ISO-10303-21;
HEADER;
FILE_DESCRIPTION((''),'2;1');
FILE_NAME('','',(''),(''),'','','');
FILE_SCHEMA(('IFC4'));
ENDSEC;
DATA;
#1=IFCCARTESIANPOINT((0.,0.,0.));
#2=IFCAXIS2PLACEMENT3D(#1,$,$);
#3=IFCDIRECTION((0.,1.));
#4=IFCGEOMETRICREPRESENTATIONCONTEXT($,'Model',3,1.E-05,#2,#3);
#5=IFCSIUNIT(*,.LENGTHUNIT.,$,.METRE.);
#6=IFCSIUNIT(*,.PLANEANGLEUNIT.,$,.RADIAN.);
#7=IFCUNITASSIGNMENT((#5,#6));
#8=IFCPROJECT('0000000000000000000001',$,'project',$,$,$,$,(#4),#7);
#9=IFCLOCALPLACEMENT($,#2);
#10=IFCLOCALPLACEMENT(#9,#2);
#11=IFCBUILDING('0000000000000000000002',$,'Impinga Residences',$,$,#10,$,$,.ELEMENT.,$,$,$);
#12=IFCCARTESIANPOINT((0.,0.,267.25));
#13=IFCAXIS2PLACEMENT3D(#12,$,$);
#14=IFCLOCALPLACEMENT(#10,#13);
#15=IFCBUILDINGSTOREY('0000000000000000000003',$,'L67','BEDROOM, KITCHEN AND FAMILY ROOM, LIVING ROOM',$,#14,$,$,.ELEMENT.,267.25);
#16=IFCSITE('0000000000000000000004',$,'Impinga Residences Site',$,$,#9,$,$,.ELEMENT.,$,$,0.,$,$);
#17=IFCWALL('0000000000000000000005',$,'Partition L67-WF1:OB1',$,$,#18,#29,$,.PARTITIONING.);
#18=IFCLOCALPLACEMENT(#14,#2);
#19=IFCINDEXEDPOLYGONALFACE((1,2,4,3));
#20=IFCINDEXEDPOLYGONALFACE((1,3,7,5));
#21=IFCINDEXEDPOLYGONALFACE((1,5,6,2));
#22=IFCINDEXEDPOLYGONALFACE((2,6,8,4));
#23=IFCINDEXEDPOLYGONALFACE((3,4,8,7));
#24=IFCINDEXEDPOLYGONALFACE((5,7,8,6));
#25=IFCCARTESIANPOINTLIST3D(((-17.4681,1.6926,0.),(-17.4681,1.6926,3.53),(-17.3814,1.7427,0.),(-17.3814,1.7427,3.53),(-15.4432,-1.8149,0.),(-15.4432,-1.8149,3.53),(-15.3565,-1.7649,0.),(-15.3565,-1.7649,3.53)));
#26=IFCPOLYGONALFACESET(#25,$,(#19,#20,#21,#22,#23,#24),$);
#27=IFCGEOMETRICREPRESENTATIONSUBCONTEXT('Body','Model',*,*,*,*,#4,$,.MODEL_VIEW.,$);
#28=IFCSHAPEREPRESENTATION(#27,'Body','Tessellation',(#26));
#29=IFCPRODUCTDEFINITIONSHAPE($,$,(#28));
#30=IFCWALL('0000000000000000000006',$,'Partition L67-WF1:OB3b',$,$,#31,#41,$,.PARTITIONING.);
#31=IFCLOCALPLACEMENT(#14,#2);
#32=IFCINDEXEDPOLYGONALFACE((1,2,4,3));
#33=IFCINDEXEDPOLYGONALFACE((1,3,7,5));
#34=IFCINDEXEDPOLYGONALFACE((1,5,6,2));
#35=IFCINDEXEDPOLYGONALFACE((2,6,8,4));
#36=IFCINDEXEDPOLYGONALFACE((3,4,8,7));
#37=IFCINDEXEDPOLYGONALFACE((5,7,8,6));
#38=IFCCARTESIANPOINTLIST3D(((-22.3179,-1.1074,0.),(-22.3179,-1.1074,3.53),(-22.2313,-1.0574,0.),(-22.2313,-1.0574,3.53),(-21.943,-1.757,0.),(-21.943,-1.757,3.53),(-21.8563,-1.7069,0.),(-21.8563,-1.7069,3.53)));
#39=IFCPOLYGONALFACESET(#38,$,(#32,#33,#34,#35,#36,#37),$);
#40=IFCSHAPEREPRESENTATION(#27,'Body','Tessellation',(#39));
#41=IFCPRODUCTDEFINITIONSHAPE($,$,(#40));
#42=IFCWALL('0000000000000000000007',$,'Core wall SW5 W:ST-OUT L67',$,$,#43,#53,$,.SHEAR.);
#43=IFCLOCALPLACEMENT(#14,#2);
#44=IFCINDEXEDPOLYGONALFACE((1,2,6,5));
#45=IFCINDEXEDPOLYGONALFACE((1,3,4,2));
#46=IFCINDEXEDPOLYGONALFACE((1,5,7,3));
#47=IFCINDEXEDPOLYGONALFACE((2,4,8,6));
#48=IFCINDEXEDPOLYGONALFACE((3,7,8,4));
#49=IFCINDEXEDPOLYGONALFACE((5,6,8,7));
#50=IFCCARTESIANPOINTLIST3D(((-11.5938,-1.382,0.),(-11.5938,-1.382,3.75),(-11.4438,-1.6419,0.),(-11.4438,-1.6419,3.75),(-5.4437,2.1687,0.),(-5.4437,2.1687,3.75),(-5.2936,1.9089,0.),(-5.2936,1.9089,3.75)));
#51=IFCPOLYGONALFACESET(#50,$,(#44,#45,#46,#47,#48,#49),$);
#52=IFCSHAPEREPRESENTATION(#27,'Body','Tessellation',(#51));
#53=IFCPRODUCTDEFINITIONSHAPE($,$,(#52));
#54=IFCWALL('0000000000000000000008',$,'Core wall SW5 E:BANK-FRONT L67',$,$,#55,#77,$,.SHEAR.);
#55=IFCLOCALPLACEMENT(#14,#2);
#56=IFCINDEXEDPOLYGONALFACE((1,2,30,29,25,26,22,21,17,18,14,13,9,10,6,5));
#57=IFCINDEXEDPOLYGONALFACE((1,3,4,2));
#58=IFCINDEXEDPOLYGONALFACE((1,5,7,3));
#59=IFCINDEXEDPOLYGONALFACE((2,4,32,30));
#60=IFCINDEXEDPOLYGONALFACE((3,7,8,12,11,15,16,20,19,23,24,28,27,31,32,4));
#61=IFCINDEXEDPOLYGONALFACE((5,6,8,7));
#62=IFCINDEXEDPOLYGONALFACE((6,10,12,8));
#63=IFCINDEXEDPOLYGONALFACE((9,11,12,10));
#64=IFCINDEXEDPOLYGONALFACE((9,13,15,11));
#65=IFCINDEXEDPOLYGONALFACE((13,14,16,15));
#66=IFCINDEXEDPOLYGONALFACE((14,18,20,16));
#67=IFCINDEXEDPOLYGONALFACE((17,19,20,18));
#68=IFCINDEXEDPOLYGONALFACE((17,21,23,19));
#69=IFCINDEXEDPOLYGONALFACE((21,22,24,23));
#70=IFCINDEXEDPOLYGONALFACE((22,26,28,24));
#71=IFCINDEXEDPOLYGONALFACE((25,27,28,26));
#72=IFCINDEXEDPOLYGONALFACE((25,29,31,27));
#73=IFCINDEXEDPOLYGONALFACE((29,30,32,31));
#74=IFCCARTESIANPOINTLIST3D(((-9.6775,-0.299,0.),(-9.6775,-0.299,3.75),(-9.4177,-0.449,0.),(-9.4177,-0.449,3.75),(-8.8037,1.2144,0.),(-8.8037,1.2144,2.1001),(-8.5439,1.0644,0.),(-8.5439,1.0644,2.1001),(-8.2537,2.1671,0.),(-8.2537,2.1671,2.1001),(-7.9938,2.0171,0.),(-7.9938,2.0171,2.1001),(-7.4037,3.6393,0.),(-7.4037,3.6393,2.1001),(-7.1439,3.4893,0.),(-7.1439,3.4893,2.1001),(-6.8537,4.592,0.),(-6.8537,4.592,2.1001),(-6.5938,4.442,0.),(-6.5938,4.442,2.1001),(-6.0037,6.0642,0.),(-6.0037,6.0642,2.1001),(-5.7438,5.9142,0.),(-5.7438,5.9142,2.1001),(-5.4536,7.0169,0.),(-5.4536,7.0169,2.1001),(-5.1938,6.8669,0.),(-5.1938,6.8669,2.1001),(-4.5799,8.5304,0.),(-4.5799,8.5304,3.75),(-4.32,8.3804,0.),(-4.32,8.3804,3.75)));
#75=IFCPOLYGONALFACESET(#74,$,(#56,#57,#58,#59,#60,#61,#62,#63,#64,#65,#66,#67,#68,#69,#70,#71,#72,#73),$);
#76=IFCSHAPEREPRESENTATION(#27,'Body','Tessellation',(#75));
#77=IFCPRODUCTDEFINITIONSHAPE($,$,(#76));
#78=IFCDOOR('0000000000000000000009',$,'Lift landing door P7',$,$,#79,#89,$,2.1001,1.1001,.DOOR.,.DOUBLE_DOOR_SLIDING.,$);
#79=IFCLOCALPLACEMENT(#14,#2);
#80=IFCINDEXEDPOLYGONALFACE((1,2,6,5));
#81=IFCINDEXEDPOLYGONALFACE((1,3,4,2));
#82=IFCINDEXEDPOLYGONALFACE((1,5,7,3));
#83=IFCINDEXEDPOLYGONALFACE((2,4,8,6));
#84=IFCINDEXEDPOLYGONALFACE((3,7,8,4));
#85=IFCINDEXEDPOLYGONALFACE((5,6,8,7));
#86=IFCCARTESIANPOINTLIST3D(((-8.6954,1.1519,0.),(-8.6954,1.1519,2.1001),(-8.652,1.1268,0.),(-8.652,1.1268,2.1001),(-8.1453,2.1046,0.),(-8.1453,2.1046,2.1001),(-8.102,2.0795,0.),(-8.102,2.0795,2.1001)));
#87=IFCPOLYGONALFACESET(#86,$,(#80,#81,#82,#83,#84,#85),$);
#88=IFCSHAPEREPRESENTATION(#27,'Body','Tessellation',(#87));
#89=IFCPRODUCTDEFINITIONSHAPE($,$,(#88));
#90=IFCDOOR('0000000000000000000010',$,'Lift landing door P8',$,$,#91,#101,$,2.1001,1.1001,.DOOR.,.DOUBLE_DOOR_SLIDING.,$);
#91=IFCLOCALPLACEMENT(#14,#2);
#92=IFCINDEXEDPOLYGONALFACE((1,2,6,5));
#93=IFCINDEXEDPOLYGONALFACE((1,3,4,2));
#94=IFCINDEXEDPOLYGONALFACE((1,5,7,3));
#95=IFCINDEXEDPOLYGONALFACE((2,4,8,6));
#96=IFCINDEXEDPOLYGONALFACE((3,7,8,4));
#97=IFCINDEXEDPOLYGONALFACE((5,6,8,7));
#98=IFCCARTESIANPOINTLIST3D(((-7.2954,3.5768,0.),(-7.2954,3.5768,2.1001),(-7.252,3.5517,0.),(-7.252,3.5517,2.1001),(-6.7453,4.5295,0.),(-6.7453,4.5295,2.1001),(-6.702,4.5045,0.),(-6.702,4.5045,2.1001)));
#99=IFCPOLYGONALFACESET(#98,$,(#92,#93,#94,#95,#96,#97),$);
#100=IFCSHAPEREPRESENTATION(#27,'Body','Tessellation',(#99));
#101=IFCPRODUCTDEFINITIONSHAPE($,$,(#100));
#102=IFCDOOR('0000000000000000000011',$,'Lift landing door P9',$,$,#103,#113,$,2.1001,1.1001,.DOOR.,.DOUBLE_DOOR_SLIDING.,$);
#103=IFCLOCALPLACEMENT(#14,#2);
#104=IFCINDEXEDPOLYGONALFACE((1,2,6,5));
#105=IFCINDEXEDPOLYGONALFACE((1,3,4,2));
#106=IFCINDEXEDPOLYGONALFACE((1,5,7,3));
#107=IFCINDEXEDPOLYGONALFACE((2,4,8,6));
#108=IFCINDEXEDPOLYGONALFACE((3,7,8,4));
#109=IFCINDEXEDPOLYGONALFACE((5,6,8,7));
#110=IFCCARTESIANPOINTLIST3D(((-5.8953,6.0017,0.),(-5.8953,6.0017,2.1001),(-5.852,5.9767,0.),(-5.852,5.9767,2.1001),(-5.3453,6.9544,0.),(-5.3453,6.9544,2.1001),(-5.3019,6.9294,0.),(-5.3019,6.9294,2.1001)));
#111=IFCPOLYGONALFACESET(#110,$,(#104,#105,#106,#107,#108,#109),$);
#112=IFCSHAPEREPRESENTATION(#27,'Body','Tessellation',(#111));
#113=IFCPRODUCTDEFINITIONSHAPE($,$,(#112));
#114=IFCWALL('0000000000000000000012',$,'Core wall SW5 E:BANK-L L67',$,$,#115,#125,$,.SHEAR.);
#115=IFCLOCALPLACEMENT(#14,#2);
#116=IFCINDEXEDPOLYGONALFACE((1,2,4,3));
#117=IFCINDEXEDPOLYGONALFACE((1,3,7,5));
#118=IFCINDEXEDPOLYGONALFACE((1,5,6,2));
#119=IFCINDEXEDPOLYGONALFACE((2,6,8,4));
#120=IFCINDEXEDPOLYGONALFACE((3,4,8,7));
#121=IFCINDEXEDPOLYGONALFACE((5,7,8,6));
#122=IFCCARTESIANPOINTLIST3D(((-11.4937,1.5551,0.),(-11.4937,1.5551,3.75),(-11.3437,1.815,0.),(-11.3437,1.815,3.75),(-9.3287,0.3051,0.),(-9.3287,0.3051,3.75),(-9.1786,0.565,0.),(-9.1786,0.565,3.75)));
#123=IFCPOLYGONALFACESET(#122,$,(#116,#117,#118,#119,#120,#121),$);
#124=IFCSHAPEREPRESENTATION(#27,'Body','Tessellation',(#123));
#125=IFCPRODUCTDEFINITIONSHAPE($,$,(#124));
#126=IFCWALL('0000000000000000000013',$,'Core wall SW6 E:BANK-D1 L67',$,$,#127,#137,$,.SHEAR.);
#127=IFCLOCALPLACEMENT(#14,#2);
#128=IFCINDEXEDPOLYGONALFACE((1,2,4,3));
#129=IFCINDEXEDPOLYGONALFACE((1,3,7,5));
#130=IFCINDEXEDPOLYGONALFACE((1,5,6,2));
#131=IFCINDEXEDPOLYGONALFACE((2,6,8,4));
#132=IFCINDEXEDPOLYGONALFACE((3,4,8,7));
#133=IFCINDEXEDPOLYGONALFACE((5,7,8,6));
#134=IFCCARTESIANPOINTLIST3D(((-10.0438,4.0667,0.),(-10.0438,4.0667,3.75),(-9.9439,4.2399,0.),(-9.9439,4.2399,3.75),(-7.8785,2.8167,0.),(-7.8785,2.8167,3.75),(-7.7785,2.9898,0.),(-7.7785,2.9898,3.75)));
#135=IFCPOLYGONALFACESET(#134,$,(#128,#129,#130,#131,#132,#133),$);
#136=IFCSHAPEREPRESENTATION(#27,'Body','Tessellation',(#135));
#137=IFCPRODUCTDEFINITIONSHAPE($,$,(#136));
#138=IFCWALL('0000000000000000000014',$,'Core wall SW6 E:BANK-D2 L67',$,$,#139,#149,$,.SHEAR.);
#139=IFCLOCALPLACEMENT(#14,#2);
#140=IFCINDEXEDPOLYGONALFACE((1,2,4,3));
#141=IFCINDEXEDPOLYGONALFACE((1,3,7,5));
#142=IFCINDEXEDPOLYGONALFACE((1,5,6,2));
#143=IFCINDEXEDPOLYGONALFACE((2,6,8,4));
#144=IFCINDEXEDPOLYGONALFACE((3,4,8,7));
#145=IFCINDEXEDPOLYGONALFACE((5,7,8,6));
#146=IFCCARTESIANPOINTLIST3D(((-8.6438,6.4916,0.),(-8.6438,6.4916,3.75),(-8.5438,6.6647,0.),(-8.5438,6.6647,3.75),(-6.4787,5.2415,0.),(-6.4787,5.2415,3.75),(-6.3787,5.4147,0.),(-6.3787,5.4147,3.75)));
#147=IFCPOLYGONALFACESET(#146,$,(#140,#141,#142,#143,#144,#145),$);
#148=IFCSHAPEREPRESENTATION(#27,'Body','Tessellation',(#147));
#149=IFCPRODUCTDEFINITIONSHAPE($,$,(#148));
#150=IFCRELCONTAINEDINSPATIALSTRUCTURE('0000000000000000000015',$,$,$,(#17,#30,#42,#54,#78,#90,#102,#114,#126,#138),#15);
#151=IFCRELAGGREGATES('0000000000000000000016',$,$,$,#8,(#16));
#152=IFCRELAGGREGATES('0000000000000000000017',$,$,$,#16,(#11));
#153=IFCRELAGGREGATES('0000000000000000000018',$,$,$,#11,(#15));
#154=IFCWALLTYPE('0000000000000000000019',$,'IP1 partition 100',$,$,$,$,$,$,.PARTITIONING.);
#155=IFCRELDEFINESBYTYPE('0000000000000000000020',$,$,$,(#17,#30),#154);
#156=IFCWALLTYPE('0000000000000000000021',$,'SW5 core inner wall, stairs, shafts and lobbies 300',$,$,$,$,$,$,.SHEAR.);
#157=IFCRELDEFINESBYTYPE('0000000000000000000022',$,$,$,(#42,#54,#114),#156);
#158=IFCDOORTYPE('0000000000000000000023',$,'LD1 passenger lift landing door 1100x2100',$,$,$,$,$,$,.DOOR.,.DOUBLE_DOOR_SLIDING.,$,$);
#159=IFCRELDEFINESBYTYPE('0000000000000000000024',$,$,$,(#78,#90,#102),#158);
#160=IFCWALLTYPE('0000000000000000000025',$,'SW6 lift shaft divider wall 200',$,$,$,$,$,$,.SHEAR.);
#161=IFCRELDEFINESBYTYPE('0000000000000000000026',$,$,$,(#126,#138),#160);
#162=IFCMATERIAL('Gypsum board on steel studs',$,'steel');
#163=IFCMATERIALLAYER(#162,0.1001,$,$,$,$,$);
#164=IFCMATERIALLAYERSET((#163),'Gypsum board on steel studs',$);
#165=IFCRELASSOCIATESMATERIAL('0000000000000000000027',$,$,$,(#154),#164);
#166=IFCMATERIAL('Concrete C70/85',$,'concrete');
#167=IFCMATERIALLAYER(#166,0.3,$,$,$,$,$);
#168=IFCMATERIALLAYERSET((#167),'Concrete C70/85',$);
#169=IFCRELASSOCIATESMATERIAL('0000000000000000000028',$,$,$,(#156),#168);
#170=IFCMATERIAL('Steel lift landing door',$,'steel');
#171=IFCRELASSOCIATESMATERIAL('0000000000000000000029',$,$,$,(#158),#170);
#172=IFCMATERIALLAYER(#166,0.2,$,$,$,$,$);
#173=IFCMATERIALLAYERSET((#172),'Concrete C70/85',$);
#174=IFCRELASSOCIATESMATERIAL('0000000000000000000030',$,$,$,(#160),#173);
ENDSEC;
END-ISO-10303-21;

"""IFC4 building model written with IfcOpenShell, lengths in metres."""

from ifc_helpers import new_model, si_unit, direction, frame, frame_2d, origin, place, context, subcontext, project, spatial, rectangle, extrude, material, layer, layer_set, type_object, element, fill, save


model = new_model("IFC4")

# Units and contexts
model_context = context("Model", 3, precision=1e-05, world=origin(), true_north=direction((0.0, 1.0)))
body_context = subcontext(model_context, "Body", "Model", "MODEL_VIEW")
ifc_project = project(units=[si_unit("LENGTHUNIT", "METRE"), si_unit("PLANEANGLEUNIT", "RADIAN")], contexts=[model_context])

# Site, building, storey
site_placement = place(None, origin())
site = spatial("IfcSite", under=ifc_project, at=site_placement, Name="Impinga Residences Site", CompositionType="ELEMENT", RefElevation=0.0)
building_placement = place(site_placement, origin())
building = spatial("IfcBuilding", under=site, at=building_placement, Name="Impinga Residences", CompositionType="ELEMENT")
storey_placement = place(building_placement, frame((0.0, 0.0, 267.25)))
storey = spatial("IfcBuildingStorey", under=building, at=storey_placement, Name="L67", Description="BEDROOM, KITCHEN AND FAMILY ROOM, LIVING ROOM", CompositionType="ELEMENT", Elevation=267.25)

# Shared definitions
ifc_material_1 = material(Name="Gypsum board on steel studs", Category="steel")
ifc_layer_1 = layer(ifc_material_1, 0.1001)
ifc_layer_set_1 = layer_set([ifc_layer_1], Name="Gypsum board on steel studs")
wall_type_1 = type_object("IfcWallType", Name="IP1 partition 100", PredefinedType="PARTITIONING", material=ifc_layer_set_1)

# Walls
wall_1_placement = place(storey_placement, frame((-15.3999, -1.7898, 0.0), z_axis=(0.0, 0.0, 1.0), x_axis=(-0.499964, 0.866046, 0.0)))
element("IfcWall", 1, at=wall_1_placement, inside=storey, type_object=wall_type_1, Name="Partition L67-WF1:OB1", PredefinedType="PARTITIONING", context=body_context, shape_type="SweptSolid", body=[
    extrude(rectangle(XDim=4.05, YDim=0.1001, at=frame_2d((2.0249, 0.0))), origin(), (0.0, 0.0, 1.0), 3.53),
])
wall_2_placement = place(storey_placement, frame((-21.8997, -1.7319, 0.0), z_axis=(0.0, 0.0, 1.0), x_axis=(-0.49992, 0.866072, 0.0)))
element("IfcWall", 2, at=wall_2_placement, inside=storey, type_object=wall_type_1, Name="Partition L67-WF1:OB3b", PredefinedType="PARTITIONING", context=body_context, shape_type="SweptSolid", body=[
    extrude(rectangle(XDim=0.75, YDim=0.1001, at=frame_2d((0.375, 0.0))), origin(), (0.0, 0.0, 1.0), 3.53),
])
ifc_material_2 = material(Name="Concrete C70/85", Category="concrete")
ifc_layer_2 = layer(ifc_material_2, 0.3)
ifc_layer_set_2 = layer_set([ifc_layer_2], Name="Concrete C70/85")
wall_type_2 = type_object("IfcWallType", Name="SW5 core inner wall, stairs, shafts and lobbies 300", PredefinedType="SHEAR", material=ifc_layer_set_2)
wall_3_placement = place(storey_placement, frame((-5.3687, 2.0388, 0.0), z_axis=(0.0, 0.0, 1.0), x_axis=(-0.866026, -0.499999, 0.0)))
element("IfcWall", 3, at=wall_3_placement, inside=storey, type_object=wall_type_2, Name="Core wall SW5 W:ST-OUT L67", PredefinedType="SHEAR", context=body_context, shape_type="SweptSolid", body=[
    extrude(rectangle(XDim=7.1016, YDim=0.3, at=frame_2d((3.5508, 0.0))), origin(), (0.0, 0.0, 1.0), 3.75),
])

# Wall, openings, doors
wall_4_placement = place(storey_placement, frame((-9.5476, -0.374, 0.0), z_axis=(0.0, 0.0, 1.0), x_axis=(0.500002, 0.866024, 0.0)))
wall_4 = element("IfcWall", 4, at=wall_4_placement, inside=storey, type_object=wall_type_2, Name="Core wall SW5 E:BANK-FRONT L67", PredefinedType="SHEAR", context=body_context, shape_type="SweptSolid", body=[
    extrude(rectangle(XDim=10.1953, YDim=0.3, at=frame_2d((5.0977, 0.0))), origin(), (0.0, 0.0, 1.0), 3.75),
])
opening_1_placement = place(wall_4_placement, frame((1.7476, 0.0, 0.0)))
opening_1 = element("IfcOpeningElement", 5, at=opening_1_placement, cuts=wall_4, PredefinedType="OPENING", context=body_context, shape_type="SweptSolid", body=[
    extrude(rectangle(XDim=1.1001, YDim=2.1001, at=frame_2d((0.55, 1.05))), frame((0.0, 0.1599, 0.0), z_axis=(0.0, -1.0, 0.0), x_axis=(1.0, 0.0, 0.0)), (0.0, 0.0, 1.0), 0.3201),
])
opening_2_placement = place(wall_4_placement, frame((4.5476, 0.0, 0.0)))
opening_2 = element("IfcOpeningElement", 6, at=opening_2_placement, cuts=wall_4, PredefinedType="OPENING", context=body_context, shape_type="SweptSolid", body=[
    extrude(rectangle(XDim=1.1001, YDim=2.1001, at=frame_2d((0.55, 1.05))), frame((0.0, 0.1599, 0.0), z_axis=(0.0, -1.0, 0.0), x_axis=(1.0, 0.0, 0.0)), (0.0, 0.0, 1.0), 0.3201),
])
opening_3_placement = place(wall_4_placement, frame((7.3477, 0.0, 0.0)))
opening_3 = element("IfcOpeningElement", 7, at=opening_3_placement, cuts=wall_4, PredefinedType="OPENING", context=body_context, shape_type="SweptSolid", body=[
    extrude(rectangle(XDim=1.1001, YDim=2.1001, at=frame_2d((0.55, 1.05))), frame((0.0, 0.1599, 0.0), z_axis=(0.0, -1.0, 0.0), x_axis=(1.0, 0.0, 0.0)), (0.0, 0.0, 1.0), 0.3201),
])
ifc_material_3 = material(Name="Steel lift landing door", Category="steel")
door_type_1 = type_object("IfcDoorType", Name="LD1 passenger lift landing door 1100x2100", OperationType="DOUBLE_DOOR_SLIDING", PredefinedType="DOOR", material=ifc_material_3)
door_1_placement = place(opening_1_placement, origin())
door_1 = element("IfcDoor", 8, at=door_1_placement, inside=storey, type_object=door_type_1, Name="Lift landing door P7", OperationType="DOUBLE_DOOR_SLIDING", OverallHeight=2.1001, OverallWidth=1.1001, PredefinedType="DOOR", context=body_context, shape_type="SweptSolid", body=[
    extrude(rectangle(XDim=1.1001, YDim=2.1001, at=frame_2d((0.55, 1.05))), frame((0.0, 0.0249, 0.0), z_axis=(0.0, -1.0, 0.0), x_axis=(1.0, 0.0, 0.0)), (0.0, 0.0, 1.0), 0.05),
])
fill(opening_1, door_1)
door_2_placement = place(opening_2_placement, origin())
door_2 = element("IfcDoor", 9, at=door_2_placement, inside=storey, type_object=door_type_1, Name="Lift landing door P8", OperationType="DOUBLE_DOOR_SLIDING", OverallHeight=2.1001, OverallWidth=1.1001, PredefinedType="DOOR", context=body_context, shape_type="SweptSolid", body=[
    extrude(rectangle(XDim=1.1001, YDim=2.1001, at=frame_2d((0.55, 1.05))), frame((0.0, 0.0249, 0.0), z_axis=(0.0, -1.0, 0.0), x_axis=(1.0, 0.0, 0.0)), (0.0, 0.0, 1.0), 0.05),
])
fill(opening_2, door_2)
door_3_placement = place(opening_3_placement, origin())
door_3 = element("IfcDoor", 10, at=door_3_placement, inside=storey, type_object=door_type_1, Name="Lift landing door P9", OperationType="DOUBLE_DOOR_SLIDING", OverallHeight=2.1001, OverallWidth=1.1001, PredefinedType="DOOR", context=body_context, shape_type="SweptSolid", body=[
    extrude(rectangle(XDim=1.1001, YDim=2.1001, at=frame_2d((0.55, 1.05))), frame((0.0, 0.0249, 0.0), z_axis=(0.0, -1.0, 0.0), x_axis=(1.0, 0.0, 0.0)), (0.0, 0.0, 1.0), 0.05),
])
fill(opening_3, door_3)

# Walls
wall_5_placement = place(storey_placement, frame((-9.2537, 0.4351, 0.0), z_axis=(0.0, 0.0, 1.0), x_axis=(-0.866023, 0.500004, 0.0)))
element("IfcWall", 11, at=wall_5_placement, inside=storey, type_object=wall_type_2, Name="Core wall SW5 E:BANK-L L67", PredefinedType="SHEAR", context=body_context, shape_type="SweptSolid", body=[
    extrude(rectangle(XDim=2.5, YDim=0.3, at=frame_2d((1.25, 0.0))), origin(), (0.0, 0.0, 1.0), 3.75),
])
ifc_layer_3 = layer(ifc_material_2, 0.2)
ifc_layer_set_3 = layer_set([ifc_layer_3], Name="Concrete C70/85")
wall_type_3 = type_object("IfcWallType", Name="SW6 lift shaft divider wall 200", PredefinedType="SHEAR", material=ifc_layer_set_3)
wall_6_placement = place(storey_placement, frame((-7.8286, 2.9033, 0.0), z_axis=(0.0, 0.0, 1.0), x_axis=(-0.866047, 0.499962, 0.0)))
element("IfcWall", 12, at=wall_6_placement, inside=storey, type_object=wall_type_3, Name="Core wall SW6 E:BANK-D1 L67", PredefinedType="SHEAR", context=body_context, shape_type="SweptSolid", body=[
    extrude(rectangle(XDim=2.5002, YDim=0.2, at=frame_2d((1.25, 0.0))), origin(), (0.0, 0.0, 1.0), 3.75),
])
wall_7_placement = place(storey_placement, frame((-6.4287, 5.3281, 0.0), z_axis=(0.0, 0.0, 1.0), x_axis=(-0.866023, 0.500004, 0.0)))
element("IfcWall", 13, at=wall_7_placement, inside=storey, type_object=wall_type_3, Name="Core wall SW6 E:BANK-D2 L67", PredefinedType="SHEAR", context=body_context, shape_type="SweptSolid", body=[
    extrude(rectangle(XDim=2.5, YDim=0.2, at=frame_2d((1.25, 0.0))), origin(), (0.0, 0.0, 1.0), 3.75),
])

save(model, "model.ifc")
